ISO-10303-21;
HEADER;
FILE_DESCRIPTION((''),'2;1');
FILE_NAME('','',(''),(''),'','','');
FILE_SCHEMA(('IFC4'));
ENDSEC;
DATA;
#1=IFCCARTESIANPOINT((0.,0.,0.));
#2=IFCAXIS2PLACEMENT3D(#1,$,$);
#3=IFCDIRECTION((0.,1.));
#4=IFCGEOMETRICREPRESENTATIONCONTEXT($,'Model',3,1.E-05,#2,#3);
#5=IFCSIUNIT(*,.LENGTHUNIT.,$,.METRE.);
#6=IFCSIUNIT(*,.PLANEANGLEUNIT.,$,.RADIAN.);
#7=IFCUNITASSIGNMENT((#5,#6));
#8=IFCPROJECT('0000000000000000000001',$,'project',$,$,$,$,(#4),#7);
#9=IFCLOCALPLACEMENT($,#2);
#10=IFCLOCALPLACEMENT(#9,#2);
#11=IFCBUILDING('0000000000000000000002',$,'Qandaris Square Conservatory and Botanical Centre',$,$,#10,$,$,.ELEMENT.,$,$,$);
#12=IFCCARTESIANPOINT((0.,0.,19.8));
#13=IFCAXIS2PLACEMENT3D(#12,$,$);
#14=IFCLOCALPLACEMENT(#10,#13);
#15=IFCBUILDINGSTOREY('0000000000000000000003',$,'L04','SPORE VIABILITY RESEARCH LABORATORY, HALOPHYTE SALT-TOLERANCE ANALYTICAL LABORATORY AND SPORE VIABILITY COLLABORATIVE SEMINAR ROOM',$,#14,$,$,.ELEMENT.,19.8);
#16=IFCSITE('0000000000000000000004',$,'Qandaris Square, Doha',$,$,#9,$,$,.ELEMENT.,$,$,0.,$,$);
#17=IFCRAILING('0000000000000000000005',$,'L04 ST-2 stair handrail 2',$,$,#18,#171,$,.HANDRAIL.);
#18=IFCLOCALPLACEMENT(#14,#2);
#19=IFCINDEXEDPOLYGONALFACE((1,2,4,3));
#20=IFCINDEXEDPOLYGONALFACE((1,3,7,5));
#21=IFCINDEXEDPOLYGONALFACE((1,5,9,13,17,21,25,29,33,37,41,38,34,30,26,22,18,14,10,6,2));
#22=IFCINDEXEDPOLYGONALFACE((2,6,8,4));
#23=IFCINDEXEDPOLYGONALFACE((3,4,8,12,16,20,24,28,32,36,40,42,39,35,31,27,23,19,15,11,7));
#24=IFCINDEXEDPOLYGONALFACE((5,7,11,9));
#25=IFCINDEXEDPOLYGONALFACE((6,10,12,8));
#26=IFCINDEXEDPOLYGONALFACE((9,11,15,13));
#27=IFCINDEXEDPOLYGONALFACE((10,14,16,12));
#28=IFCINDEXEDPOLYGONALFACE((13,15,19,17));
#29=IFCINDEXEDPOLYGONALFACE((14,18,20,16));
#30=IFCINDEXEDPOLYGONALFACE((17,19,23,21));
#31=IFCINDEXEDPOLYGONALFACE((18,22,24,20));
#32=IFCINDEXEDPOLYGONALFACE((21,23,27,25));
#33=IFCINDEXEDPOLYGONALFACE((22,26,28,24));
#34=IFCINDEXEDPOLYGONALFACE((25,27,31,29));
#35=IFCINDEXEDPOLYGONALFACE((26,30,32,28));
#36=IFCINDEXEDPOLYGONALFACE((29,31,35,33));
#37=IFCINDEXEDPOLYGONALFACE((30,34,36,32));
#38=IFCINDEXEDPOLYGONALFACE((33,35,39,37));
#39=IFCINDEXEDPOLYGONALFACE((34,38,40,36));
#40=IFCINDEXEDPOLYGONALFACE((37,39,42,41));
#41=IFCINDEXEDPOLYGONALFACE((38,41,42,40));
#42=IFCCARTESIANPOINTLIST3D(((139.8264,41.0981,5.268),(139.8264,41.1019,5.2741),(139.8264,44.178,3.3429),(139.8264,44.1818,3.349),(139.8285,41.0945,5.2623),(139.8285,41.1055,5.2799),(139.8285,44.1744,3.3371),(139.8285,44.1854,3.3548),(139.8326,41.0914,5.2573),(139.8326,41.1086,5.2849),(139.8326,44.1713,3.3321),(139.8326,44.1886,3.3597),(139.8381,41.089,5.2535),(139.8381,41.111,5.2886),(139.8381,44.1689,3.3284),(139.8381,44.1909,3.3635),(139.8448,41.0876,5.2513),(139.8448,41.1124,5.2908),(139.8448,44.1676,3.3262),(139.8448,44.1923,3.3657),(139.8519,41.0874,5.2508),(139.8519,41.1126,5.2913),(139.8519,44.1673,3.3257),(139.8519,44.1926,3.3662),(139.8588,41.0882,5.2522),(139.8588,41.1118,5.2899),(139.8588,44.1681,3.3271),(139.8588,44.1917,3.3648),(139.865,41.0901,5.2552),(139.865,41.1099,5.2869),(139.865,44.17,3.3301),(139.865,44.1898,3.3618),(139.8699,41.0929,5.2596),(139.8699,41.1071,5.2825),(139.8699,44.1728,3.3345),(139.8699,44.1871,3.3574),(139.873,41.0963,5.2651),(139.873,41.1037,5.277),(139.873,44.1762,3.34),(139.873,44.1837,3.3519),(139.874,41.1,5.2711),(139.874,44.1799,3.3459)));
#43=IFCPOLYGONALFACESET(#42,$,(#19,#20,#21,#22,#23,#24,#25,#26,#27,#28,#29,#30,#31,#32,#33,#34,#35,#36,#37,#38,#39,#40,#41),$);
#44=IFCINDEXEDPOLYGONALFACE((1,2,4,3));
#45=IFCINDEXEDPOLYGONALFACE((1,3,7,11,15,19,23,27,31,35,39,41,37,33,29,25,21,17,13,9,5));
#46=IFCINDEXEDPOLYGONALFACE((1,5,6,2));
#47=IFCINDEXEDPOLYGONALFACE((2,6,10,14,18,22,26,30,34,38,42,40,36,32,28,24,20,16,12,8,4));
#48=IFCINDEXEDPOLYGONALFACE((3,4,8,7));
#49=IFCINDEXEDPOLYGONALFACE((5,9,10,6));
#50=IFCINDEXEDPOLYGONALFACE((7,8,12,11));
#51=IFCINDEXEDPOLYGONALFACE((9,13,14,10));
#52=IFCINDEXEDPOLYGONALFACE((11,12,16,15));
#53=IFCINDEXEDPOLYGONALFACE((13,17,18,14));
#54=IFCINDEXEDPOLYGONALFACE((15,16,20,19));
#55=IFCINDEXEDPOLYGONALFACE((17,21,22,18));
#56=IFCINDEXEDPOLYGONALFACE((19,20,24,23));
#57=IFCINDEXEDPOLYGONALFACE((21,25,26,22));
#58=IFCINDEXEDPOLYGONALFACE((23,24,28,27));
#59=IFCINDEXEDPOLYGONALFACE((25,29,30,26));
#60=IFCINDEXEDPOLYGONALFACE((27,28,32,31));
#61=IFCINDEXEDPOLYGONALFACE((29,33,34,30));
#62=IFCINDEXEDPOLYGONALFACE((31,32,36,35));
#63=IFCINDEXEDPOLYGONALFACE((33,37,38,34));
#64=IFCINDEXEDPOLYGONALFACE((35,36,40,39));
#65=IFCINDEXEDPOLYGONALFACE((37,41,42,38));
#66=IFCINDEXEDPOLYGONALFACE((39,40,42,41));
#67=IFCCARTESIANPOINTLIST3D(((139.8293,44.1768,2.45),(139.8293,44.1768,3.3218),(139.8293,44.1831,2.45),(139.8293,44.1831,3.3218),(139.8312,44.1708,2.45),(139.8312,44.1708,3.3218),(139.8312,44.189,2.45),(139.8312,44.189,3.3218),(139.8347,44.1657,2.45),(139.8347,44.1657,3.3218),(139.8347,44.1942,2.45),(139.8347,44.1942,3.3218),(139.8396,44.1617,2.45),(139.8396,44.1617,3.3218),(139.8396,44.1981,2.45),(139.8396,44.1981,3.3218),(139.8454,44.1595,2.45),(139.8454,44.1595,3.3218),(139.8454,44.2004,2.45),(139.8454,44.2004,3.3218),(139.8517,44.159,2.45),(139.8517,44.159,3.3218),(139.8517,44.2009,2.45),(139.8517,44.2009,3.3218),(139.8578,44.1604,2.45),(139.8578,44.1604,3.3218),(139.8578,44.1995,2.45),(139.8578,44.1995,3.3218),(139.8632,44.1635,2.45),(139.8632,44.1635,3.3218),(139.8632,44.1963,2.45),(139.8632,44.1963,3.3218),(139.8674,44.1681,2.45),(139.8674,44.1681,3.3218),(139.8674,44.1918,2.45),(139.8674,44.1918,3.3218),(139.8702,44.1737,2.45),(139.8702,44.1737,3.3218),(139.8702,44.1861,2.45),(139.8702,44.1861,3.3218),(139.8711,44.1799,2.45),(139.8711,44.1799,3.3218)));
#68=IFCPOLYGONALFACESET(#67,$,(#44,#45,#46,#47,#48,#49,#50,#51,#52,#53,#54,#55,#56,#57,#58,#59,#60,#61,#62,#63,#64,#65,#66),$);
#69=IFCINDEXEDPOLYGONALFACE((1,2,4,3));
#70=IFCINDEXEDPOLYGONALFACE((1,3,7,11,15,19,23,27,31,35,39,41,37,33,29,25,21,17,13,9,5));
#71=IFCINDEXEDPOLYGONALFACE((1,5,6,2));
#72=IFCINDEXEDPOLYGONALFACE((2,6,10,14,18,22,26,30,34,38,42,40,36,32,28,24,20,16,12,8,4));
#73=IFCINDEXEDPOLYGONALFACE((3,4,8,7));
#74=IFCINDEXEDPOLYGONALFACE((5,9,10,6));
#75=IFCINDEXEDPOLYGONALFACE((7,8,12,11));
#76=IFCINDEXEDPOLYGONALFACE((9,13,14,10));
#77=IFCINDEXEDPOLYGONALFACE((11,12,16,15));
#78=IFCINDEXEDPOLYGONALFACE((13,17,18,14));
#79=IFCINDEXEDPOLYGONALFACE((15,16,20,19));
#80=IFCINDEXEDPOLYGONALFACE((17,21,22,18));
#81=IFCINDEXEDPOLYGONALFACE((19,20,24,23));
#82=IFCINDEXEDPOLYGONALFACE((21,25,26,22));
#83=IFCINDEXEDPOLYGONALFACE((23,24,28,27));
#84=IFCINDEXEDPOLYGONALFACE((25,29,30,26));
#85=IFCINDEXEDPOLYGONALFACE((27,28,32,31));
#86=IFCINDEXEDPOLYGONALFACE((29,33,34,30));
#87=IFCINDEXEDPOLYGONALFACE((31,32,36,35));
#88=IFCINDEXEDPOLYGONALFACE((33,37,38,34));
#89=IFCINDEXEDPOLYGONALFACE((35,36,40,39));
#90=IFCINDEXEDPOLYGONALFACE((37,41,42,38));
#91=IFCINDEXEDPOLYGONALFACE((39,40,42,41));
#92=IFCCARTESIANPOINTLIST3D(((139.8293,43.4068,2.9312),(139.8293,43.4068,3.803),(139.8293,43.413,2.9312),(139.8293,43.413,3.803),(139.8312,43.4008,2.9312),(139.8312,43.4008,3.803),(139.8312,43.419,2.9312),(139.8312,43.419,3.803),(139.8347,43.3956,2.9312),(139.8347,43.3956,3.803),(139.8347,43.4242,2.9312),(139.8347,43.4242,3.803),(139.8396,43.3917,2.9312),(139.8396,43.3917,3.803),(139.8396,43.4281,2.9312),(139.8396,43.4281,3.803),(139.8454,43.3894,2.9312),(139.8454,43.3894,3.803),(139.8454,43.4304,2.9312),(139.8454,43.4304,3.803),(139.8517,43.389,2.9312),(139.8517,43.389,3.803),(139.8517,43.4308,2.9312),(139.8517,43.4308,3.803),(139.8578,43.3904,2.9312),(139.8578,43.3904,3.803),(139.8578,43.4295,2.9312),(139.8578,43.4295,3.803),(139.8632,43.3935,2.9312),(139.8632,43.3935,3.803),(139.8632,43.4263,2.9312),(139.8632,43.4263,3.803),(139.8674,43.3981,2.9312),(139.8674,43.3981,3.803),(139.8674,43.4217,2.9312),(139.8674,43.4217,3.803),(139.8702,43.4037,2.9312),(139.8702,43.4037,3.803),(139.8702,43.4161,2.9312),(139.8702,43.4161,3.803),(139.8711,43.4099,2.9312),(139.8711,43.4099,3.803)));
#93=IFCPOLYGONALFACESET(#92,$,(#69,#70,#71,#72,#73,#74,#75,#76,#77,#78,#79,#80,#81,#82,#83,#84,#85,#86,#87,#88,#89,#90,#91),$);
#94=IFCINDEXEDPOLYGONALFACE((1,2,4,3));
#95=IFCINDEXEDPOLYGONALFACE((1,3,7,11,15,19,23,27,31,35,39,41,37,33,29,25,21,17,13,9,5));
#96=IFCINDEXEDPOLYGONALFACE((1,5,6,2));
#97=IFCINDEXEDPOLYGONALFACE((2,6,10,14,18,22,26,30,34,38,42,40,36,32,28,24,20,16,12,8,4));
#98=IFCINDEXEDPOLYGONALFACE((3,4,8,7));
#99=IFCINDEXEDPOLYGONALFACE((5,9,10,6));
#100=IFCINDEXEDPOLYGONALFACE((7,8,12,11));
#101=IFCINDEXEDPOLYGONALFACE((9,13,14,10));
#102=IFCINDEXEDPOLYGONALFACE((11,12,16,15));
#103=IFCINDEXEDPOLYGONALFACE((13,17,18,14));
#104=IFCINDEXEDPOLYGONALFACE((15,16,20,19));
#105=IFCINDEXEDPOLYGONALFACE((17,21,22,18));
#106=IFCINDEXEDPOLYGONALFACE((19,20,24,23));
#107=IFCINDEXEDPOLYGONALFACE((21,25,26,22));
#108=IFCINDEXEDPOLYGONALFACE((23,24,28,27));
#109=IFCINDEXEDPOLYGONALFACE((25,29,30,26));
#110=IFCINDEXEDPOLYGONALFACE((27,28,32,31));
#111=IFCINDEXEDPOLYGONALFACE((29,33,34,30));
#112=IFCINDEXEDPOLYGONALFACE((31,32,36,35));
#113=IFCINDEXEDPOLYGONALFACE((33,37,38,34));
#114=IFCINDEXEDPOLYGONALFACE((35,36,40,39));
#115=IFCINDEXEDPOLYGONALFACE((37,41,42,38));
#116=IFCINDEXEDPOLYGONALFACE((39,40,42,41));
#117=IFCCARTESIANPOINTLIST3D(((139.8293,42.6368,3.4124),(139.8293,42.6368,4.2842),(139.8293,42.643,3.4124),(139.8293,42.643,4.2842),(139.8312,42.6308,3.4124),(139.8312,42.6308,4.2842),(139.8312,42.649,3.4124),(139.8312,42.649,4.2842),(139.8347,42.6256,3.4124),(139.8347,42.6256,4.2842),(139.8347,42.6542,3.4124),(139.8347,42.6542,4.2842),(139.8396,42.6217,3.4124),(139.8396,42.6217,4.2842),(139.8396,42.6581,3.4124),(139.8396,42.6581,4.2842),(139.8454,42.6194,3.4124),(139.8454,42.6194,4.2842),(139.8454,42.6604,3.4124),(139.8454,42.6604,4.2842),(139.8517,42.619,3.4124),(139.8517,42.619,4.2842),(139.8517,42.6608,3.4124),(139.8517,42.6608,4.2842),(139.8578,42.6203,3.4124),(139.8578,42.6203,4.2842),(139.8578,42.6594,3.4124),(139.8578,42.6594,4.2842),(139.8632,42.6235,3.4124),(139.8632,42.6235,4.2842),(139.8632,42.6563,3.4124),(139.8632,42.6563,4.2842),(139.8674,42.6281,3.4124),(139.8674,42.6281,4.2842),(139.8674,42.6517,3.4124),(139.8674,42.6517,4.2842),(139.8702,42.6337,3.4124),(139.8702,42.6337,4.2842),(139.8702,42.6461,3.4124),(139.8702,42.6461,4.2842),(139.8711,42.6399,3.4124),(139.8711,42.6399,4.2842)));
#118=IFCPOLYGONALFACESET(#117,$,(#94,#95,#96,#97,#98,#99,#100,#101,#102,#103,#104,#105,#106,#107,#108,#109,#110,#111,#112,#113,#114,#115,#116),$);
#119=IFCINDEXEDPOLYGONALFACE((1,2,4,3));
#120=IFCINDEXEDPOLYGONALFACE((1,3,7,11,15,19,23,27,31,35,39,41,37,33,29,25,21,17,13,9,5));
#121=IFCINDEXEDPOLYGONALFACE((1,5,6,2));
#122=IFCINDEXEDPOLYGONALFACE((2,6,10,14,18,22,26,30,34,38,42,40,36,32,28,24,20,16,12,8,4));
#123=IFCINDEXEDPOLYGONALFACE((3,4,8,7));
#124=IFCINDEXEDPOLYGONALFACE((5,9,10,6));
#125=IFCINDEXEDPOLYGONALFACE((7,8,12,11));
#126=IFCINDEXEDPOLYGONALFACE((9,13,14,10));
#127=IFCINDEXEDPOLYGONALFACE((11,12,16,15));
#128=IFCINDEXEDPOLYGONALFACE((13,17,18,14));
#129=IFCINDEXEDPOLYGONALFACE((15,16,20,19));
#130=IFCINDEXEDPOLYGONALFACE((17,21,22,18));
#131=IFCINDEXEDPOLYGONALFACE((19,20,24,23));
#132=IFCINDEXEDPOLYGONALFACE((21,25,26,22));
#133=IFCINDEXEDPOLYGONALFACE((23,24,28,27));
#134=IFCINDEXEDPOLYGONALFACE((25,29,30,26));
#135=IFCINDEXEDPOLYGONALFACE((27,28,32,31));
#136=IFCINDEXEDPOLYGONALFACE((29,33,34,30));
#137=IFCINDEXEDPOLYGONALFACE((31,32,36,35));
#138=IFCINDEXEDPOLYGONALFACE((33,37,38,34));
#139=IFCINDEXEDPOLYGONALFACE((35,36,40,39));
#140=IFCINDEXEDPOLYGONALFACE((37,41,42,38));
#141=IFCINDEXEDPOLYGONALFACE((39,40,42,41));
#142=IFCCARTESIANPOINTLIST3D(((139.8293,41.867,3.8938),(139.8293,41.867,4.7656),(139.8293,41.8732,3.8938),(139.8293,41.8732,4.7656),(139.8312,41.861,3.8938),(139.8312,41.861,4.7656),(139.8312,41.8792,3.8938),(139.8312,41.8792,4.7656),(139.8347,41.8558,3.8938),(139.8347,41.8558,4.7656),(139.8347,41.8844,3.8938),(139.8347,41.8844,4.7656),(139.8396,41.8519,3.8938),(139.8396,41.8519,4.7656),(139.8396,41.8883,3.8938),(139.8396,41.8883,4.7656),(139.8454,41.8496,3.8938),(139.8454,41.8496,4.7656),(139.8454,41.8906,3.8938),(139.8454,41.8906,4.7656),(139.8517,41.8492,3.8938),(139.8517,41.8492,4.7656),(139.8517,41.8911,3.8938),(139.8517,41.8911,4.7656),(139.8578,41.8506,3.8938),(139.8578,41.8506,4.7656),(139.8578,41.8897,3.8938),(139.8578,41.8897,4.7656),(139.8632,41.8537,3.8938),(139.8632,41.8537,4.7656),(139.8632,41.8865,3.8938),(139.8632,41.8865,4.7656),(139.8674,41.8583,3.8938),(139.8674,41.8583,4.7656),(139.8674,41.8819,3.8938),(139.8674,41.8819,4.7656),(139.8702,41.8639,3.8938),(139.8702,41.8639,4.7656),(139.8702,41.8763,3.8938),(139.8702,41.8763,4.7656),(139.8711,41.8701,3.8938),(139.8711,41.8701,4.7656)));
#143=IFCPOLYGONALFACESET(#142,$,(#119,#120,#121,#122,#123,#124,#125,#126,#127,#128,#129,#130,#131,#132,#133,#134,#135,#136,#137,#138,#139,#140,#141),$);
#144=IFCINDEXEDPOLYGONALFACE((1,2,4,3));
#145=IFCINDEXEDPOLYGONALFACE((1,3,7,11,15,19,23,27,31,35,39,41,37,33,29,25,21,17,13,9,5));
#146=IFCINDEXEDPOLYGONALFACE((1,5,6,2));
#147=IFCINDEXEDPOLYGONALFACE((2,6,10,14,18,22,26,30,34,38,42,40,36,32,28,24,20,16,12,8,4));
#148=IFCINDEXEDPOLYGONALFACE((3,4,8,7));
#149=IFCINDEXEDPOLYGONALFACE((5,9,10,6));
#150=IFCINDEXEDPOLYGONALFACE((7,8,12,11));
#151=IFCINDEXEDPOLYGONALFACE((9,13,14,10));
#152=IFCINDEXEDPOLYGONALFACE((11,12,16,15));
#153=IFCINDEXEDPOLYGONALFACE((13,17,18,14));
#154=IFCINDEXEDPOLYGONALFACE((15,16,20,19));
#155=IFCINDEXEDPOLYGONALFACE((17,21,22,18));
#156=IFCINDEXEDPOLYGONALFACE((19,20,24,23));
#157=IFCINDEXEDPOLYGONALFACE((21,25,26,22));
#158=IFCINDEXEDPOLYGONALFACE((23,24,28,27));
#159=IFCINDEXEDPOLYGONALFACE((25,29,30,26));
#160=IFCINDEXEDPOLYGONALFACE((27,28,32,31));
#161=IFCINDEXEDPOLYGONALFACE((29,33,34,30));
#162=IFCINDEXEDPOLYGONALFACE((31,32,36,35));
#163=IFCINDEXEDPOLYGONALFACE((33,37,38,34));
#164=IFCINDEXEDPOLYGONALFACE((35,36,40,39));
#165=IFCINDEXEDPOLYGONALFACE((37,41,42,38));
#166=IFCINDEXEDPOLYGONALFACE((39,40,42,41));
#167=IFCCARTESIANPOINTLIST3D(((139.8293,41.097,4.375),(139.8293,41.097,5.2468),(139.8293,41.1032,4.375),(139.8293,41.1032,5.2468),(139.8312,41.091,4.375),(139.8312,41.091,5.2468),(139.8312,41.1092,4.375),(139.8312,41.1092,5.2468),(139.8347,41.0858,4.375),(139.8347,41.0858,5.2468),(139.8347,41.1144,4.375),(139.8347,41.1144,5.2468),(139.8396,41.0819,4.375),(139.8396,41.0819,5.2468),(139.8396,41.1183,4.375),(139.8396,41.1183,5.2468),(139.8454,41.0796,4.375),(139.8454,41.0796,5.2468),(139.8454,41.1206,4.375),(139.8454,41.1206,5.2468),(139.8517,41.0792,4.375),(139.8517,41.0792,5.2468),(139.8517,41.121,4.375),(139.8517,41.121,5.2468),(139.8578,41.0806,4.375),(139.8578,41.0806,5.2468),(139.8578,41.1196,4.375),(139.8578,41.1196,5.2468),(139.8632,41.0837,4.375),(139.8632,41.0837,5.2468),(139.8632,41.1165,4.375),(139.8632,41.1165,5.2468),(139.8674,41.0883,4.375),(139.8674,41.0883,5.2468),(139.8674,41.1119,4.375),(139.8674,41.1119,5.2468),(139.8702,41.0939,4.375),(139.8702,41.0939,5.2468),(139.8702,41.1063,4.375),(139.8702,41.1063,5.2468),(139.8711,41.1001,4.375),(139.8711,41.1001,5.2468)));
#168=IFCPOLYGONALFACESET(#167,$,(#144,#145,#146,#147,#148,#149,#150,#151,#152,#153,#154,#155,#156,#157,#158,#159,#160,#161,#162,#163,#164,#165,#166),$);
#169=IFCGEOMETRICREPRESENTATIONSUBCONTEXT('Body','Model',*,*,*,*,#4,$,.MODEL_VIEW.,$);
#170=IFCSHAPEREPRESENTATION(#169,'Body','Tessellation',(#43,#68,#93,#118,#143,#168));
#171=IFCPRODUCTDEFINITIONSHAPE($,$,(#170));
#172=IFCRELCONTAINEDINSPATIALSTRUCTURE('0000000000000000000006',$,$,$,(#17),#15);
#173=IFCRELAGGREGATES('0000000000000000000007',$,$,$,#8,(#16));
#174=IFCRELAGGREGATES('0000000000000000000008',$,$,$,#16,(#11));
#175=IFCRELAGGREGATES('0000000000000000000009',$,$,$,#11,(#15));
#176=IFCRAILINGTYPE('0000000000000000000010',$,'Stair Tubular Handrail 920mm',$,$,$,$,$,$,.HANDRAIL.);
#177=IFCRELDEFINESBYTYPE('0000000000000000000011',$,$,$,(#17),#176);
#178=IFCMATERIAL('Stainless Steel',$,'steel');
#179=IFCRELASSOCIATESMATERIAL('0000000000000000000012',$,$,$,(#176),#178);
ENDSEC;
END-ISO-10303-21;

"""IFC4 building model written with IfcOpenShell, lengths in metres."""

from ifc_helpers import new_model, si_unit, direction, frame, origin, origin_2d, place, context, subcontext, project, spatial, circle, extrude, material, type_object, element, save


model = new_model("IFC4")

# Units and contexts
model_context = context("Model", 3, precision=1e-05, world=origin(), true_north=direction((0.0, 1.0)))
body_context = subcontext(model_context, "Body", "Model", "MODEL_VIEW")
ifc_project = project(units=[si_unit("LENGTHUNIT", "METRE"), si_unit("PLANEANGLEUNIT", "RADIAN")], contexts=[model_context])

# Site, building, storey
site_placement = place(None, origin())
site = spatial("IfcSite", under=ifc_project, at=site_placement, Name="Qandaris Square, Doha", CompositionType="ELEMENT", RefElevation=0.0)
building_placement = place(site_placement, origin())
building = spatial("IfcBuilding", under=site, at=building_placement, Name="Qandaris Square Conservatory and Botanical Centre", CompositionType="ELEMENT")
storey_placement = place(building_placement, frame((0.0, 0.0, 19.8)))
storey = spatial("IfcBuildingStorey", under=building, at=storey_placement, Name="L04", Description="SPORE VIABILITY RESEARCH LABORATORY, HALOPHYTE SALT-TOLERANCE ANALYTICAL LABORATORY AND SPORE VIABILITY COLLABORATIVE SEMINAR ROOM", CompositionType="ELEMENT", Elevation=19.8)

# Railing
ifc_material_1 = material(Name="Stainless Steel", Category="steel")
railing_type_1 = type_object("IfcRailingType", Name="Stair Tubular Handrail 920mm", PredefinedType="HANDRAIL", material=ifc_material_1)
railing_1_placement = place(storey_placement, frame((139.8501, 44.1799, 2.45)))
element("IfcRailing", 1, at=railing_1_placement, inside=storey, type_object=railing_type_1, Name="L04 ST-2 stair handrail 2", PredefinedType="HANDRAIL", context=body_context, shape_type="SweptSolid", body=[
    extrude(circle(Radius=0.0239, at=origin_2d()), frame((0.0, 0.0, 0.896), z_axis=(0.0, -0.847979, 0.530029), x_axis=(1.0, 0.0, 0.0)), (0.0, 0.0, 1.0), 3.6321),
    extrude(circle(Radius=0.021, at=origin_2d()), origin(), (0.0, 0.0, 1.0), 0.8718),
    extrude(circle(Radius=0.021, at=origin_2d()), frame((0.0, -0.77, 0.4812)), (0.0, 0.0, 1.0), 0.8718),
    extrude(circle(Radius=0.021, at=origin_2d()), frame((0.0, -1.54, 0.9624)), (0.0, 0.0, 1.0), 0.8718),
    extrude(circle(Radius=0.021, at=origin_2d()), frame((0.0, -2.3098, 1.4438)), (0.0, 0.0, 1.0), 0.8718),
    extrude(circle(Radius=0.021, at=origin_2d()), frame((0.0, -3.0798, 1.925)), (0.0, 0.0, 1.0), 0.8718),
])

save(model, "model.ifc")
